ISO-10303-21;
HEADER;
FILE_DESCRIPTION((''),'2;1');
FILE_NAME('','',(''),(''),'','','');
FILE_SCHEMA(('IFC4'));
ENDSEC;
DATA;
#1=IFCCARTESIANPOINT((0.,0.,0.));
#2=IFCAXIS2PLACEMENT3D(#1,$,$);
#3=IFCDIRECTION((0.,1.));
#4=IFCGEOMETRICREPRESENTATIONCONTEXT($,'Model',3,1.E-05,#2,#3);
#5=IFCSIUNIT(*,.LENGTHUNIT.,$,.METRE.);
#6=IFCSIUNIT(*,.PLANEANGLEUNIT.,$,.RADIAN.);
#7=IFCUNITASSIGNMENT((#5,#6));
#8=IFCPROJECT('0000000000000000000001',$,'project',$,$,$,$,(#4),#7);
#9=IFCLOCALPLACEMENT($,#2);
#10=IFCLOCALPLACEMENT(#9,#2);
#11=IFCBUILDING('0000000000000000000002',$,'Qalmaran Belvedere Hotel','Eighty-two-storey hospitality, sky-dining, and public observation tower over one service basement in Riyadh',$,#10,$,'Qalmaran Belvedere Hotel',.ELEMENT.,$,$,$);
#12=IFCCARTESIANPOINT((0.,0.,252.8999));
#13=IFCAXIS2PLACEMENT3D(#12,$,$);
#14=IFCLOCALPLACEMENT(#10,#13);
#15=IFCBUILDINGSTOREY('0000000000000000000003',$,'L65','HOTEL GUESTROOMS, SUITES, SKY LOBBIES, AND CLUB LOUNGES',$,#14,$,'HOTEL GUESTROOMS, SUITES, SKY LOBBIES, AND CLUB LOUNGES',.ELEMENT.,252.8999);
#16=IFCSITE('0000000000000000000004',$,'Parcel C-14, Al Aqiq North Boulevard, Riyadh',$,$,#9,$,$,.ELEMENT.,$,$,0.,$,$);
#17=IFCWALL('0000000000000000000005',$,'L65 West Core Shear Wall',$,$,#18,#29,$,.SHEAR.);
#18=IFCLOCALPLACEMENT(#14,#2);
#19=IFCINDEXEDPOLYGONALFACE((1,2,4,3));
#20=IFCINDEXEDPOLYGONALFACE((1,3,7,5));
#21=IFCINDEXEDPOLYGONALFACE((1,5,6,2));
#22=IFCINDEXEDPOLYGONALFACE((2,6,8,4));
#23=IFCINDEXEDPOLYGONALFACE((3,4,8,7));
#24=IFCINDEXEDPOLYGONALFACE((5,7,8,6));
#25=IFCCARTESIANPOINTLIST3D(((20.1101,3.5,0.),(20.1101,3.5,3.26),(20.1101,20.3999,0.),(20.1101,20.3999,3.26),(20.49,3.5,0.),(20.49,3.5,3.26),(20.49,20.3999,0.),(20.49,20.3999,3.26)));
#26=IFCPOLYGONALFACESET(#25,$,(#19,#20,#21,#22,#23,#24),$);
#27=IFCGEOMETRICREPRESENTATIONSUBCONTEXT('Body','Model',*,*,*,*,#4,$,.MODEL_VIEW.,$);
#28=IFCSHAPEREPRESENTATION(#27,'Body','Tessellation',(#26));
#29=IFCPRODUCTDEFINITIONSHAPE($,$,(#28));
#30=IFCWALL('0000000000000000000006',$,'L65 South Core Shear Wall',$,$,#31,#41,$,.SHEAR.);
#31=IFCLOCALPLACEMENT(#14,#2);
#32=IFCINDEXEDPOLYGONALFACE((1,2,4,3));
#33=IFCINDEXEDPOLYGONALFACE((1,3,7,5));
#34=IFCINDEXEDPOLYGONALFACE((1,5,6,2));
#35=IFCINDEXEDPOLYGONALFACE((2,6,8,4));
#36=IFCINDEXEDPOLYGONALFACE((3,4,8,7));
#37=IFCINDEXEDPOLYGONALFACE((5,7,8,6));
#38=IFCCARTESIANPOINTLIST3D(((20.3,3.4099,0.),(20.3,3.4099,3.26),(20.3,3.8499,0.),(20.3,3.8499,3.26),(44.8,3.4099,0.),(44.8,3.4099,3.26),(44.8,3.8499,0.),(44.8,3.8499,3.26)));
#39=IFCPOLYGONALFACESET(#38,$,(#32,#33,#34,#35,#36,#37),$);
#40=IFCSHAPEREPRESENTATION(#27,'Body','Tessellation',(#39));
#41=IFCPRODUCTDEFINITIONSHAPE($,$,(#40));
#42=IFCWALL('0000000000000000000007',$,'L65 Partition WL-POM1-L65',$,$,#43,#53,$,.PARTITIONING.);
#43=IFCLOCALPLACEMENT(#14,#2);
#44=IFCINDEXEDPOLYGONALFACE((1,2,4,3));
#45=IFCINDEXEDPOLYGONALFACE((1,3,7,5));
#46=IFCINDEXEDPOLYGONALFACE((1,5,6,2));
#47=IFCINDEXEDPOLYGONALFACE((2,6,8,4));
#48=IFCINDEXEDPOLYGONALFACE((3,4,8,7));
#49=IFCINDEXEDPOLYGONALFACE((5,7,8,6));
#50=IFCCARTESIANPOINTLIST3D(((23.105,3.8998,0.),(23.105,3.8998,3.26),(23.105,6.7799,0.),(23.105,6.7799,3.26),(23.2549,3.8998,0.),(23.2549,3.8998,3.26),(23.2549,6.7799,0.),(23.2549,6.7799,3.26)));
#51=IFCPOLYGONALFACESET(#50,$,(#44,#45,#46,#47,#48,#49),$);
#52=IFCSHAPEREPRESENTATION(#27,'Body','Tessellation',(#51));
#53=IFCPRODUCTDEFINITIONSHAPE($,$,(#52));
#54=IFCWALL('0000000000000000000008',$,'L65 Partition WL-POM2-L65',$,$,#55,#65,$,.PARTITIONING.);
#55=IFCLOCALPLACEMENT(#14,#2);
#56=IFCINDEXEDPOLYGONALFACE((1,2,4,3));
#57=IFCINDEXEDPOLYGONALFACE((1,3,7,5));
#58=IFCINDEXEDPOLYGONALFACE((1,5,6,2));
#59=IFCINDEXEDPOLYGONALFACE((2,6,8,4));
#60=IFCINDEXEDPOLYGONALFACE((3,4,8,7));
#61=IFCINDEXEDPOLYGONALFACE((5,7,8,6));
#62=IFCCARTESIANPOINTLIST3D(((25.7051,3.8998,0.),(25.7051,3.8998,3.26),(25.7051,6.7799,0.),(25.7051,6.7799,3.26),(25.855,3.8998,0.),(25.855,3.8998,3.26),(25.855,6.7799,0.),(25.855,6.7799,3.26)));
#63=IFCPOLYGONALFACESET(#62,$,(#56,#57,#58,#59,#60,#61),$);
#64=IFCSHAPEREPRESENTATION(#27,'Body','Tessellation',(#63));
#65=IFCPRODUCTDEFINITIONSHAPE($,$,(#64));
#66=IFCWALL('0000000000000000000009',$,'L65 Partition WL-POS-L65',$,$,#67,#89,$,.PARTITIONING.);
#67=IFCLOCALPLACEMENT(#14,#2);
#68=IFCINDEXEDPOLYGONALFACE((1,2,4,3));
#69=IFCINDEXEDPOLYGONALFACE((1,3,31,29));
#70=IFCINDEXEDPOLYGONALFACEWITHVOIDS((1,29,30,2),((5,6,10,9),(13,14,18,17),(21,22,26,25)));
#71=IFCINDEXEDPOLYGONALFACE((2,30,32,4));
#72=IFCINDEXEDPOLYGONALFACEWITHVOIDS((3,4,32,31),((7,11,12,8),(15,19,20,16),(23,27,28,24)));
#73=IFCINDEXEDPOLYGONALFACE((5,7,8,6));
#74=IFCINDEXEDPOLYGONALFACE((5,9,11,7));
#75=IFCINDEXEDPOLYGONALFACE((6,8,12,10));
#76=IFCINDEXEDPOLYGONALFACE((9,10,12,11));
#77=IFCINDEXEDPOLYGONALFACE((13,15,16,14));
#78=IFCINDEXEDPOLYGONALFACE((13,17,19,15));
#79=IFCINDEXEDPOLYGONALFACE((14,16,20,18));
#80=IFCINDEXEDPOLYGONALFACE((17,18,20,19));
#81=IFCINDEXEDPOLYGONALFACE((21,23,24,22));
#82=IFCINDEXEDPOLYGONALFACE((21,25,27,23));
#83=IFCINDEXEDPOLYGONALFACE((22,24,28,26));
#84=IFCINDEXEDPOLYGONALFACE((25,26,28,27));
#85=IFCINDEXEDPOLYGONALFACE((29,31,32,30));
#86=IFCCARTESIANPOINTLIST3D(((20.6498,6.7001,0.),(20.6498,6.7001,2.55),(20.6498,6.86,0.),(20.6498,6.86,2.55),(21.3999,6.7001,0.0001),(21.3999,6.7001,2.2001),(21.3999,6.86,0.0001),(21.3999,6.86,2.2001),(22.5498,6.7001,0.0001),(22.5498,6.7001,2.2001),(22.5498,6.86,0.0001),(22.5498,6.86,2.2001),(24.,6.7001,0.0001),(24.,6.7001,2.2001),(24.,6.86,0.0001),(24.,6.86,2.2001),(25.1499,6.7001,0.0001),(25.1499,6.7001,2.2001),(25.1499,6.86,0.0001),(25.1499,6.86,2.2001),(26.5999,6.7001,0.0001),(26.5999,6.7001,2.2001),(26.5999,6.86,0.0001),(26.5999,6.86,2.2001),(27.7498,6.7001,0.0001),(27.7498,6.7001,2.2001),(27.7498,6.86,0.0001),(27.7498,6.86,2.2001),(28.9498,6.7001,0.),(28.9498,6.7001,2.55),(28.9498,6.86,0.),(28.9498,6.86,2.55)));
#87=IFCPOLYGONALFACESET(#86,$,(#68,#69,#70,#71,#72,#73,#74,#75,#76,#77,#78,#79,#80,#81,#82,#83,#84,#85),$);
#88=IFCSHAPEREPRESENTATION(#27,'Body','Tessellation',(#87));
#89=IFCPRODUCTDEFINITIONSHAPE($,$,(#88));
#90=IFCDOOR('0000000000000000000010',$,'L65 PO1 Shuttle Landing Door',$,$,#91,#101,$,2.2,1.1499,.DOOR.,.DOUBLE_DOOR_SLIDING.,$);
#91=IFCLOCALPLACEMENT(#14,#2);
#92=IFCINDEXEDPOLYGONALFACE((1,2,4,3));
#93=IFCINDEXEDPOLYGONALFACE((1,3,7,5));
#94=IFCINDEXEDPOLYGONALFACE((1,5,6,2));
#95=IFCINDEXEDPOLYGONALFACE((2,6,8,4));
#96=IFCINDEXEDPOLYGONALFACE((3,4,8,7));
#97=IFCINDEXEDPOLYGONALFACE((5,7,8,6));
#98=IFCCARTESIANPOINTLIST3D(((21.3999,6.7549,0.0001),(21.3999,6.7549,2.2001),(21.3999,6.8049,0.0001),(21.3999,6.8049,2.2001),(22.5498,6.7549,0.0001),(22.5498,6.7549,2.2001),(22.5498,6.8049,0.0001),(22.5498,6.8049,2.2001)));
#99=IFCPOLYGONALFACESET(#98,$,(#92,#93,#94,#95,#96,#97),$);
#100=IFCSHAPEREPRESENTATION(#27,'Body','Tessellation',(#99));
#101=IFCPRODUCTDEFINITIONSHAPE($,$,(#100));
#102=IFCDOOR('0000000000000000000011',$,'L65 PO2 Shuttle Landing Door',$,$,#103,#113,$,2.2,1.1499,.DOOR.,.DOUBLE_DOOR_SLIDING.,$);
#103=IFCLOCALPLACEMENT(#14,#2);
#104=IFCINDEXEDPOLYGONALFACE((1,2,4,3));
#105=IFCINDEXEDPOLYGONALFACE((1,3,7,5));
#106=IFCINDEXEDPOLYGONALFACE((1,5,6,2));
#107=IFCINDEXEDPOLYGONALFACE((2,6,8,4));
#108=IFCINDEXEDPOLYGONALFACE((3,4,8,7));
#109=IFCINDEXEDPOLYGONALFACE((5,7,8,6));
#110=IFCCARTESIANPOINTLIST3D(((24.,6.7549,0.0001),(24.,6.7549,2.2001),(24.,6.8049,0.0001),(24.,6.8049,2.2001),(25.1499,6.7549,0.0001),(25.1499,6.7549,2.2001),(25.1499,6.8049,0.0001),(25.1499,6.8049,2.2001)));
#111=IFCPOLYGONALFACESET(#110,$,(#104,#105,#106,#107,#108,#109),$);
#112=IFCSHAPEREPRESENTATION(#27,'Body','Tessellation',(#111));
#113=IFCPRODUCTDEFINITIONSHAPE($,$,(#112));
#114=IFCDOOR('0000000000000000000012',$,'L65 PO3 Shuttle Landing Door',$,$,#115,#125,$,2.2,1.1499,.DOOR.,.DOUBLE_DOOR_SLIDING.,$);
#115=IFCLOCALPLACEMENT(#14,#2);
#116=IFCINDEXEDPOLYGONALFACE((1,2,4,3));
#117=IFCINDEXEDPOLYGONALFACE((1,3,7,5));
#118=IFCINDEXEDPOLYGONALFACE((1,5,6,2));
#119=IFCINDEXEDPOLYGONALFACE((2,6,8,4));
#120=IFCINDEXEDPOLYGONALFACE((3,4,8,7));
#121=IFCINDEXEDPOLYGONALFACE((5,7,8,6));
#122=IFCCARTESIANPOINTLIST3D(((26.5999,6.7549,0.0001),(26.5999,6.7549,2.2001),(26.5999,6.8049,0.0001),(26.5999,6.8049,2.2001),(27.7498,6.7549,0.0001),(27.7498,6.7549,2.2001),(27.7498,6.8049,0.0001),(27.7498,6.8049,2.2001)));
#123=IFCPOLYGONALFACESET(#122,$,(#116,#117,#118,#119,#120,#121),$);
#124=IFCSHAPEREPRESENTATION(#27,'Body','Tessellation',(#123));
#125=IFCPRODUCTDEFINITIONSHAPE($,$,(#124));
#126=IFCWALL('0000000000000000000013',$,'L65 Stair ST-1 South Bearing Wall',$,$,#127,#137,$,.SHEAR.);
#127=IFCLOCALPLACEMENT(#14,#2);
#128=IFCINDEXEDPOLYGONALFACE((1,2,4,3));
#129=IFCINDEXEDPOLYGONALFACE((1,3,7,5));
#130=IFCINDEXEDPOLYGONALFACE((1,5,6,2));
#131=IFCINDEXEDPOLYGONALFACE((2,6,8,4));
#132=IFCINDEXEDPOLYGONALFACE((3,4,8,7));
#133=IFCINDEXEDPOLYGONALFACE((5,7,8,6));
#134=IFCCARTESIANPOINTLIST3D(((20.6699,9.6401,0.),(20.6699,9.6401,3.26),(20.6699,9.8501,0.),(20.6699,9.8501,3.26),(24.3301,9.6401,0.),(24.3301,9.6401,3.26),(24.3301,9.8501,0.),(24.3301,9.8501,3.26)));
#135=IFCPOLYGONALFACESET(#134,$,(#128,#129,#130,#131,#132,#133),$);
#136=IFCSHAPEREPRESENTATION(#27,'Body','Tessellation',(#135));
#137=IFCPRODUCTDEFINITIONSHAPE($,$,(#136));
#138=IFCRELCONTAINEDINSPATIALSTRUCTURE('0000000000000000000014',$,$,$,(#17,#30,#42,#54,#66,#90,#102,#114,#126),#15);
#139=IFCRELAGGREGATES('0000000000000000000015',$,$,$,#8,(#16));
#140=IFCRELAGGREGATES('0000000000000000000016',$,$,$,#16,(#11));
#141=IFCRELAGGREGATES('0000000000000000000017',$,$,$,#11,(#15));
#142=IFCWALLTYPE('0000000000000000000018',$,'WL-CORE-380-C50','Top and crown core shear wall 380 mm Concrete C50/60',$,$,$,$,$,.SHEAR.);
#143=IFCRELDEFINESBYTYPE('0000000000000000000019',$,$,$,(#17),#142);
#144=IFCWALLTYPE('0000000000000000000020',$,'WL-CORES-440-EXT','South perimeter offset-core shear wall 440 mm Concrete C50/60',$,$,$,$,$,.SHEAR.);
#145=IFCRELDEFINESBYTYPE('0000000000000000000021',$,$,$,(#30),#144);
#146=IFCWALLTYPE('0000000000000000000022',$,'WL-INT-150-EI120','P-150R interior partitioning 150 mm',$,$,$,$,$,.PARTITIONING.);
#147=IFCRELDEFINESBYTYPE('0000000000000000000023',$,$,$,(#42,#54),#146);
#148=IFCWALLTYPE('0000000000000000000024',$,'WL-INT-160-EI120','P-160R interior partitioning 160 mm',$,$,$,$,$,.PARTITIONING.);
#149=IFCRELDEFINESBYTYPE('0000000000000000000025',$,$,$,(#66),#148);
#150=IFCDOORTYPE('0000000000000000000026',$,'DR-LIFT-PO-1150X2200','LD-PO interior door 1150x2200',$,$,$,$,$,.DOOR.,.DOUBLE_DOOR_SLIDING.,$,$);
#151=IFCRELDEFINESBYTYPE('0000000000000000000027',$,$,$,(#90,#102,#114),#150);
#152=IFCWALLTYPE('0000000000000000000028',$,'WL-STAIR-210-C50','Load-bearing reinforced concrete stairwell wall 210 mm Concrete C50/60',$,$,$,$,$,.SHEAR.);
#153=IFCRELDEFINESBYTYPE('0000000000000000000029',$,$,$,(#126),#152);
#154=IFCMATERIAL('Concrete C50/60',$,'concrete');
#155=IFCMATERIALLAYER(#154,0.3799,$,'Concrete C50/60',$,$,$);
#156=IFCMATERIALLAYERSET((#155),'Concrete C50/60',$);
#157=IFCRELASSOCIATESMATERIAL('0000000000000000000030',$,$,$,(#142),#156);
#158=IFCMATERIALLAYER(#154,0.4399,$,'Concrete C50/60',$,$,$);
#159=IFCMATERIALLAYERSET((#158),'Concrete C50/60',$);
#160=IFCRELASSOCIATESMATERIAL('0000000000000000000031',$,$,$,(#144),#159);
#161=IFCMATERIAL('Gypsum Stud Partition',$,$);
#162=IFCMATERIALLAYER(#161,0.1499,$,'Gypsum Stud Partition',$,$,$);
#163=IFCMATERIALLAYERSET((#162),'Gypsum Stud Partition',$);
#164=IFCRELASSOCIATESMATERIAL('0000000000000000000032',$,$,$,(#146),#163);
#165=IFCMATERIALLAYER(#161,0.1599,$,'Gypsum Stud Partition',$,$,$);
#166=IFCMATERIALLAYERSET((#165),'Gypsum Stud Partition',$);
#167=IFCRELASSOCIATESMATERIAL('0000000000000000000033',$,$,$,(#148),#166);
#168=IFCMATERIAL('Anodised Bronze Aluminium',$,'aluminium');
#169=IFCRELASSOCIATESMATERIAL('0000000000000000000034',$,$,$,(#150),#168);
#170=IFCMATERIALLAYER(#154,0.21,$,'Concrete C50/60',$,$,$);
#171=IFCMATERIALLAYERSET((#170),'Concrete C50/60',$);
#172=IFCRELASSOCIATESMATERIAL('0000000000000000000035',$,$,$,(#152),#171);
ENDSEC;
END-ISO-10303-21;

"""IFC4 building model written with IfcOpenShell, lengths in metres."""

from ifc_helpers import new_model, si_unit, direction, frame, frame_2d, origin, place, context, subcontext, project, spatial, rectangle, extrude, material, layer, layer_set, type_object, element, fill, save


model = new_model("IFC4")

# Units and contexts
model_context = context("Model", 3, precision=1e-05, world=origin(), true_north=direction((0.0, 1.0)))
body_context = subcontext(model_context, "Body", "Model", "MODEL_VIEW")
ifc_project = project(units=[si_unit("LENGTHUNIT", "METRE"), si_unit("PLANEANGLEUNIT", "RADIAN")], contexts=[model_context])

# Site, building, storey
site_placement = place(None, origin())
site = spatial("IfcSite", under=ifc_project, at=site_placement, Name="Parcel C-14, Al Aqiq North Boulevard, Riyadh", CompositionType="ELEMENT", RefElevation=0.0)
building_placement = place(site_placement, origin())
building = spatial("IfcBuilding", under=site, at=building_placement, Name="Qalmaran Belvedere Hotel", Description="Eighty-two-storey hospitality, sky-dining, and public observation tower over one service basement in Riyadh", LongName="Qalmaran Belvedere Hotel", CompositionType="ELEMENT")
storey_placement = place(building_placement, frame((0.0, 0.0, 252.8999)))
storey = spatial("IfcBuildingStorey", under=building, at=storey_placement, Name="L65", Description="HOTEL GUESTROOMS, SUITES, SKY LOBBIES, AND CLUB LOUNGES", LongName="HOTEL GUESTROOMS, SUITES, SKY LOBBIES, AND CLUB LOUNGES", CompositionType="ELEMENT", Elevation=252.8999)

# Shared definitions
ifc_material_1 = material(Name="Concrete C50/60", Category="concrete")

# Shared definitions
ifc_material_2 = material(Name="Anodised Bronze Aluminium", Category="aluminium")

# Walls
ifc_layer_1 = layer(ifc_material_1, 0.3799, Name="Concrete C50/60")
ifc_layer_set_1 = layer_set([ifc_layer_1], Name="Concrete C50/60")
wall_type_1 = type_object("IfcWallType", Name="WL-CORE-380-C50", Description="Top and crown core shear wall 380 mm Concrete C50/60", PredefinedType="SHEAR", material=ifc_layer_set_1)
wall_1_placement = place(storey_placement, frame((20.3, 3.5, 0.0), z_axis=(0.0, 0.0, 1.0), x_axis=(0.0, 1.0, 0.0)))
element("IfcWall", 1, at=wall_1_placement, inside=storey, type_object=wall_type_1, Name="L65 West Core Shear Wall", PredefinedType="SHEAR", context=body_context, shape_type="SweptSolid", body=[
    extrude(rectangle(XDim=16.8999, YDim=0.3799, at=frame_2d((8.45, 0.0))), origin(), (0.0, 0.0, 1.0), 3.26),
])
ifc_layer_2 = layer(ifc_material_1, 0.4399, Name="Concrete C50/60")
ifc_layer_set_2 = layer_set([ifc_layer_2], Name="Concrete C50/60")
wall_type_2 = type_object("IfcWallType", Name="WL-CORES-440-EXT", Description="South perimeter offset-core shear wall 440 mm Concrete C50/60", PredefinedType="SHEAR", material=ifc_layer_set_2)
wall_2_placement = place(storey_placement, frame((20.3, 3.6299, 0.0), z_axis=(0.0, 0.0, 1.0), x_axis=(1.0, 0.0, 0.0)))
element("IfcWall", 2, at=wall_2_placement, inside=storey, type_object=wall_type_2, Name="L65 South Core Shear Wall", PredefinedType="SHEAR", context=body_context, shape_type="SweptSolid", body=[
    extrude(rectangle(XDim=24.5, YDim=0.4399, at=frame_2d((12.25, 0.0))), origin(), (0.0, 0.0, 1.0), 3.26),
])
ifc_material_3 = material(Name="Gypsum Stud Partition")
ifc_layer_3 = layer(ifc_material_3, 0.1499, Name="Gypsum Stud Partition")
ifc_layer_set_3 = layer_set([ifc_layer_3], Name="Gypsum Stud Partition")
wall_type_3 = type_object("IfcWallType", Name="WL-INT-150-EI120", Description="P-150R interior partitioning 150 mm", PredefinedType="PARTITIONING", material=ifc_layer_set_3)
for number, where, z_axis, x_axis, name in (
    (3, (23.1799, 3.8999, 0.0), (0.0, 0.0, 1.0), (0.0, 1.0, 0.0), "L65 Partition WL-POM1-L65"),
    (4, (25.78, 3.8999, 0.0), (0.0, 0.0, 1.0), (0.0, 1.0, 0.0), "L65 Partition WL-POM2-L65"),
):
    element("IfcWall", number, at=place(storey_placement, frame(where, z_axis=z_axis, x_axis=x_axis)), inside=storey, type_object=wall_type_3, Name=name, PredefinedType="PARTITIONING", context=body_context, shape_type="SweptSolid", body=[
        extrude(rectangle(XDim=2.8801, YDim=0.1499, at=frame_2d((1.4399, 0.0))), origin(), (0.0, 0.0, 1.0), 3.26),
    ])

# Wall, openings, doors
ifc_layer_4 = layer(ifc_material_3, 0.1599, Name="Gypsum Stud Partition")
ifc_layer_set_4 = layer_set([ifc_layer_4], Name="Gypsum Stud Partition")
wall_type_4 = type_object("IfcWallType", Name="WL-INT-160-EI120", Description="P-160R interior partitioning 160 mm", PredefinedType="PARTITIONING", material=ifc_layer_set_4)
wall_3_placement = place(storey_placement, frame((20.6499, 6.78, 0.0), z_axis=(0.0, 0.0, 1.0), x_axis=(1.0, 0.0, 0.0)))
wall_3 = element("IfcWall", 5, at=wall_3_placement, inside=storey, type_object=wall_type_4, Name="L65 Partition WL-POS-L65", PredefinedType="PARTITIONING", context=body_context, shape_type="SweptSolid", body=[
    extrude(rectangle(XDim=8.3, YDim=0.1599, at=frame_2d((4.1499, 0.0))), origin(), (0.0, 0.0, 1.0), 2.55),
])
opening_1_placement = place(wall_3_placement, frame((0.75, 0.0, 0.0)))
opening_1 = element("IfcOpeningElement", 6, at=opening_1_placement, cuts=wall_3, PredefinedType="OPENING", context=body_context, shape_type="SweptSolid", body=[
    extrude(rectangle(XDim=1.1499, YDim=2.2, at=frame_2d((0.575, 1.1001))), frame((0.0, 0.0898, 0.0), z_axis=(0.0, -1.0, 0.0), x_axis=(1.0, 0.0, 0.0)), (0.0, 0.0, 1.0), 0.1799),
])
opening_2_placement = place(wall_3_placement, frame((3.3501, 0.0, 0.0)))
opening_2 = element("IfcOpeningElement", 7, at=opening_2_placement, cuts=wall_3, PredefinedType="OPENING", context=body_context, shape_type="SweptSolid", body=[
    extrude(rectangle(XDim=1.1499, YDim=2.2, at=frame_2d((0.575, 1.1001))), frame((0.0, 0.0898, 0.0), z_axis=(0.0, -1.0, 0.0), x_axis=(1.0, 0.0, 0.0)), (0.0, 0.0, 1.0), 0.1799),
])
opening_3_placement = place(wall_3_placement, frame((5.95, 0.0, 0.0)))
opening_3 = element("IfcOpeningElement", 8, at=opening_3_placement, cuts=wall_3, PredefinedType="OPENING", context=body_context, shape_type="SweptSolid", body=[
    extrude(rectangle(XDim=1.1499, YDim=2.2, at=frame_2d((0.575, 1.1001))), frame((0.0, 0.0898, 0.0), z_axis=(0.0, -1.0, 0.0), x_axis=(1.0, 0.0, 0.0)), (0.0, 0.0, 1.0), 0.1799),
])
door_type_1 = type_object("IfcDoorType", Name="DR-LIFT-PO-1150X2200", Description="LD-PO interior door 1150x2200", OperationType="DOUBLE_DOOR_SLIDING", PredefinedType="DOOR", material=ifc_material_2)
door_1_placement = place(opening_1_placement, origin())
door_1 = element("IfcDoor", 9, at=door_1_placement, inside=storey, type_object=door_type_1, Name="L65 PO1 Shuttle Landing Door", OperationType="DOUBLE_DOOR_SLIDING", OverallHeight=2.2, OverallWidth=1.1499, PredefinedType="DOOR", context=body_context, shape_type="SweptSolid", body=[
    extrude(rectangle(XDim=1.1499, YDim=2.2, at=frame_2d((0.575, 1.1001))), frame((0.0, 0.0249, 0.0), z_axis=(0.0, -1.0, 0.0), x_axis=(1.0, 0.0, 0.0)), (0.0, 0.0, 1.0), 0.05),
])
fill(opening_1, door_1)
door_2_placement = place(opening_2_placement, origin())
door_2 = element("IfcDoor", 10, at=door_2_placement, inside=storey, type_object=door_type_1, Name="L65 PO2 Shuttle Landing Door", OperationType="DOUBLE_DOOR_SLIDING", OverallHeight=2.2, OverallWidth=1.1499, PredefinedType="DOOR", context=body_context, shape_type="SweptSolid", body=[
    extrude(rectangle(XDim=1.1499, YDim=2.2, at=frame_2d((0.575, 1.1001))), frame((0.0, 0.0249, 0.0), z_axis=(0.0, -1.0, 0.0), x_axis=(1.0, 0.0, 0.0)), (0.0, 0.0, 1.0), 0.05),
])
fill(opening_2, door_2)
door_3_placement = place(opening_3_placement, origin())
door_3 = element("IfcDoor", 11, at=door_3_placement, inside=storey, type_object=door_type_1, Name="L65 PO3 Shuttle Landing Door", OperationType="DOUBLE_DOOR_SLIDING", OverallHeight=2.2, OverallWidth=1.1499, PredefinedType="DOOR", context=body_context, shape_type="SweptSolid", body=[
    extrude(rectangle(XDim=1.1499, YDim=2.2, at=frame_2d((0.575, 1.1001))), frame((0.0, 0.0249, 0.0), z_axis=(0.0, -1.0, 0.0), x_axis=(1.0, 0.0, 0.0)), (0.0, 0.0, 1.0), 0.05),
])
fill(opening_3, door_3)

# Wall
ifc_layer_5 = layer(ifc_material_1, 0.21, Name="Concrete C50/60")
ifc_layer_set_5 = layer_set([ifc_layer_5], Name="Concrete C50/60")
wall_type_5 = type_object("IfcWallType", Name="WL-STAIR-210-C50", Description="Load-bearing reinforced concrete stairwell wall 210 mm Concrete C50/60", PredefinedType="SHEAR", material=ifc_layer_set_5)
wall_4_placement = place(storey_placement, frame((20.6699, 9.7451, 0.0), z_axis=(0.0, 0.0, 1.0), x_axis=(1.0, 0.0, 0.0)))
element("IfcWall", 12, at=wall_4_placement, inside=storey, type_object=wall_type_5, Name="L65 Stair ST-1 South Bearing Wall", PredefinedType="SHEAR", context=body_context, shape_type="SweptSolid", body=[
    extrude(rectangle(XDim=3.6602, YDim=0.21, at=frame_2d((1.8301, 0.0))), origin(), (0.0, 0.0, 1.0), 3.26),
])

save(model, "model.ifc")
